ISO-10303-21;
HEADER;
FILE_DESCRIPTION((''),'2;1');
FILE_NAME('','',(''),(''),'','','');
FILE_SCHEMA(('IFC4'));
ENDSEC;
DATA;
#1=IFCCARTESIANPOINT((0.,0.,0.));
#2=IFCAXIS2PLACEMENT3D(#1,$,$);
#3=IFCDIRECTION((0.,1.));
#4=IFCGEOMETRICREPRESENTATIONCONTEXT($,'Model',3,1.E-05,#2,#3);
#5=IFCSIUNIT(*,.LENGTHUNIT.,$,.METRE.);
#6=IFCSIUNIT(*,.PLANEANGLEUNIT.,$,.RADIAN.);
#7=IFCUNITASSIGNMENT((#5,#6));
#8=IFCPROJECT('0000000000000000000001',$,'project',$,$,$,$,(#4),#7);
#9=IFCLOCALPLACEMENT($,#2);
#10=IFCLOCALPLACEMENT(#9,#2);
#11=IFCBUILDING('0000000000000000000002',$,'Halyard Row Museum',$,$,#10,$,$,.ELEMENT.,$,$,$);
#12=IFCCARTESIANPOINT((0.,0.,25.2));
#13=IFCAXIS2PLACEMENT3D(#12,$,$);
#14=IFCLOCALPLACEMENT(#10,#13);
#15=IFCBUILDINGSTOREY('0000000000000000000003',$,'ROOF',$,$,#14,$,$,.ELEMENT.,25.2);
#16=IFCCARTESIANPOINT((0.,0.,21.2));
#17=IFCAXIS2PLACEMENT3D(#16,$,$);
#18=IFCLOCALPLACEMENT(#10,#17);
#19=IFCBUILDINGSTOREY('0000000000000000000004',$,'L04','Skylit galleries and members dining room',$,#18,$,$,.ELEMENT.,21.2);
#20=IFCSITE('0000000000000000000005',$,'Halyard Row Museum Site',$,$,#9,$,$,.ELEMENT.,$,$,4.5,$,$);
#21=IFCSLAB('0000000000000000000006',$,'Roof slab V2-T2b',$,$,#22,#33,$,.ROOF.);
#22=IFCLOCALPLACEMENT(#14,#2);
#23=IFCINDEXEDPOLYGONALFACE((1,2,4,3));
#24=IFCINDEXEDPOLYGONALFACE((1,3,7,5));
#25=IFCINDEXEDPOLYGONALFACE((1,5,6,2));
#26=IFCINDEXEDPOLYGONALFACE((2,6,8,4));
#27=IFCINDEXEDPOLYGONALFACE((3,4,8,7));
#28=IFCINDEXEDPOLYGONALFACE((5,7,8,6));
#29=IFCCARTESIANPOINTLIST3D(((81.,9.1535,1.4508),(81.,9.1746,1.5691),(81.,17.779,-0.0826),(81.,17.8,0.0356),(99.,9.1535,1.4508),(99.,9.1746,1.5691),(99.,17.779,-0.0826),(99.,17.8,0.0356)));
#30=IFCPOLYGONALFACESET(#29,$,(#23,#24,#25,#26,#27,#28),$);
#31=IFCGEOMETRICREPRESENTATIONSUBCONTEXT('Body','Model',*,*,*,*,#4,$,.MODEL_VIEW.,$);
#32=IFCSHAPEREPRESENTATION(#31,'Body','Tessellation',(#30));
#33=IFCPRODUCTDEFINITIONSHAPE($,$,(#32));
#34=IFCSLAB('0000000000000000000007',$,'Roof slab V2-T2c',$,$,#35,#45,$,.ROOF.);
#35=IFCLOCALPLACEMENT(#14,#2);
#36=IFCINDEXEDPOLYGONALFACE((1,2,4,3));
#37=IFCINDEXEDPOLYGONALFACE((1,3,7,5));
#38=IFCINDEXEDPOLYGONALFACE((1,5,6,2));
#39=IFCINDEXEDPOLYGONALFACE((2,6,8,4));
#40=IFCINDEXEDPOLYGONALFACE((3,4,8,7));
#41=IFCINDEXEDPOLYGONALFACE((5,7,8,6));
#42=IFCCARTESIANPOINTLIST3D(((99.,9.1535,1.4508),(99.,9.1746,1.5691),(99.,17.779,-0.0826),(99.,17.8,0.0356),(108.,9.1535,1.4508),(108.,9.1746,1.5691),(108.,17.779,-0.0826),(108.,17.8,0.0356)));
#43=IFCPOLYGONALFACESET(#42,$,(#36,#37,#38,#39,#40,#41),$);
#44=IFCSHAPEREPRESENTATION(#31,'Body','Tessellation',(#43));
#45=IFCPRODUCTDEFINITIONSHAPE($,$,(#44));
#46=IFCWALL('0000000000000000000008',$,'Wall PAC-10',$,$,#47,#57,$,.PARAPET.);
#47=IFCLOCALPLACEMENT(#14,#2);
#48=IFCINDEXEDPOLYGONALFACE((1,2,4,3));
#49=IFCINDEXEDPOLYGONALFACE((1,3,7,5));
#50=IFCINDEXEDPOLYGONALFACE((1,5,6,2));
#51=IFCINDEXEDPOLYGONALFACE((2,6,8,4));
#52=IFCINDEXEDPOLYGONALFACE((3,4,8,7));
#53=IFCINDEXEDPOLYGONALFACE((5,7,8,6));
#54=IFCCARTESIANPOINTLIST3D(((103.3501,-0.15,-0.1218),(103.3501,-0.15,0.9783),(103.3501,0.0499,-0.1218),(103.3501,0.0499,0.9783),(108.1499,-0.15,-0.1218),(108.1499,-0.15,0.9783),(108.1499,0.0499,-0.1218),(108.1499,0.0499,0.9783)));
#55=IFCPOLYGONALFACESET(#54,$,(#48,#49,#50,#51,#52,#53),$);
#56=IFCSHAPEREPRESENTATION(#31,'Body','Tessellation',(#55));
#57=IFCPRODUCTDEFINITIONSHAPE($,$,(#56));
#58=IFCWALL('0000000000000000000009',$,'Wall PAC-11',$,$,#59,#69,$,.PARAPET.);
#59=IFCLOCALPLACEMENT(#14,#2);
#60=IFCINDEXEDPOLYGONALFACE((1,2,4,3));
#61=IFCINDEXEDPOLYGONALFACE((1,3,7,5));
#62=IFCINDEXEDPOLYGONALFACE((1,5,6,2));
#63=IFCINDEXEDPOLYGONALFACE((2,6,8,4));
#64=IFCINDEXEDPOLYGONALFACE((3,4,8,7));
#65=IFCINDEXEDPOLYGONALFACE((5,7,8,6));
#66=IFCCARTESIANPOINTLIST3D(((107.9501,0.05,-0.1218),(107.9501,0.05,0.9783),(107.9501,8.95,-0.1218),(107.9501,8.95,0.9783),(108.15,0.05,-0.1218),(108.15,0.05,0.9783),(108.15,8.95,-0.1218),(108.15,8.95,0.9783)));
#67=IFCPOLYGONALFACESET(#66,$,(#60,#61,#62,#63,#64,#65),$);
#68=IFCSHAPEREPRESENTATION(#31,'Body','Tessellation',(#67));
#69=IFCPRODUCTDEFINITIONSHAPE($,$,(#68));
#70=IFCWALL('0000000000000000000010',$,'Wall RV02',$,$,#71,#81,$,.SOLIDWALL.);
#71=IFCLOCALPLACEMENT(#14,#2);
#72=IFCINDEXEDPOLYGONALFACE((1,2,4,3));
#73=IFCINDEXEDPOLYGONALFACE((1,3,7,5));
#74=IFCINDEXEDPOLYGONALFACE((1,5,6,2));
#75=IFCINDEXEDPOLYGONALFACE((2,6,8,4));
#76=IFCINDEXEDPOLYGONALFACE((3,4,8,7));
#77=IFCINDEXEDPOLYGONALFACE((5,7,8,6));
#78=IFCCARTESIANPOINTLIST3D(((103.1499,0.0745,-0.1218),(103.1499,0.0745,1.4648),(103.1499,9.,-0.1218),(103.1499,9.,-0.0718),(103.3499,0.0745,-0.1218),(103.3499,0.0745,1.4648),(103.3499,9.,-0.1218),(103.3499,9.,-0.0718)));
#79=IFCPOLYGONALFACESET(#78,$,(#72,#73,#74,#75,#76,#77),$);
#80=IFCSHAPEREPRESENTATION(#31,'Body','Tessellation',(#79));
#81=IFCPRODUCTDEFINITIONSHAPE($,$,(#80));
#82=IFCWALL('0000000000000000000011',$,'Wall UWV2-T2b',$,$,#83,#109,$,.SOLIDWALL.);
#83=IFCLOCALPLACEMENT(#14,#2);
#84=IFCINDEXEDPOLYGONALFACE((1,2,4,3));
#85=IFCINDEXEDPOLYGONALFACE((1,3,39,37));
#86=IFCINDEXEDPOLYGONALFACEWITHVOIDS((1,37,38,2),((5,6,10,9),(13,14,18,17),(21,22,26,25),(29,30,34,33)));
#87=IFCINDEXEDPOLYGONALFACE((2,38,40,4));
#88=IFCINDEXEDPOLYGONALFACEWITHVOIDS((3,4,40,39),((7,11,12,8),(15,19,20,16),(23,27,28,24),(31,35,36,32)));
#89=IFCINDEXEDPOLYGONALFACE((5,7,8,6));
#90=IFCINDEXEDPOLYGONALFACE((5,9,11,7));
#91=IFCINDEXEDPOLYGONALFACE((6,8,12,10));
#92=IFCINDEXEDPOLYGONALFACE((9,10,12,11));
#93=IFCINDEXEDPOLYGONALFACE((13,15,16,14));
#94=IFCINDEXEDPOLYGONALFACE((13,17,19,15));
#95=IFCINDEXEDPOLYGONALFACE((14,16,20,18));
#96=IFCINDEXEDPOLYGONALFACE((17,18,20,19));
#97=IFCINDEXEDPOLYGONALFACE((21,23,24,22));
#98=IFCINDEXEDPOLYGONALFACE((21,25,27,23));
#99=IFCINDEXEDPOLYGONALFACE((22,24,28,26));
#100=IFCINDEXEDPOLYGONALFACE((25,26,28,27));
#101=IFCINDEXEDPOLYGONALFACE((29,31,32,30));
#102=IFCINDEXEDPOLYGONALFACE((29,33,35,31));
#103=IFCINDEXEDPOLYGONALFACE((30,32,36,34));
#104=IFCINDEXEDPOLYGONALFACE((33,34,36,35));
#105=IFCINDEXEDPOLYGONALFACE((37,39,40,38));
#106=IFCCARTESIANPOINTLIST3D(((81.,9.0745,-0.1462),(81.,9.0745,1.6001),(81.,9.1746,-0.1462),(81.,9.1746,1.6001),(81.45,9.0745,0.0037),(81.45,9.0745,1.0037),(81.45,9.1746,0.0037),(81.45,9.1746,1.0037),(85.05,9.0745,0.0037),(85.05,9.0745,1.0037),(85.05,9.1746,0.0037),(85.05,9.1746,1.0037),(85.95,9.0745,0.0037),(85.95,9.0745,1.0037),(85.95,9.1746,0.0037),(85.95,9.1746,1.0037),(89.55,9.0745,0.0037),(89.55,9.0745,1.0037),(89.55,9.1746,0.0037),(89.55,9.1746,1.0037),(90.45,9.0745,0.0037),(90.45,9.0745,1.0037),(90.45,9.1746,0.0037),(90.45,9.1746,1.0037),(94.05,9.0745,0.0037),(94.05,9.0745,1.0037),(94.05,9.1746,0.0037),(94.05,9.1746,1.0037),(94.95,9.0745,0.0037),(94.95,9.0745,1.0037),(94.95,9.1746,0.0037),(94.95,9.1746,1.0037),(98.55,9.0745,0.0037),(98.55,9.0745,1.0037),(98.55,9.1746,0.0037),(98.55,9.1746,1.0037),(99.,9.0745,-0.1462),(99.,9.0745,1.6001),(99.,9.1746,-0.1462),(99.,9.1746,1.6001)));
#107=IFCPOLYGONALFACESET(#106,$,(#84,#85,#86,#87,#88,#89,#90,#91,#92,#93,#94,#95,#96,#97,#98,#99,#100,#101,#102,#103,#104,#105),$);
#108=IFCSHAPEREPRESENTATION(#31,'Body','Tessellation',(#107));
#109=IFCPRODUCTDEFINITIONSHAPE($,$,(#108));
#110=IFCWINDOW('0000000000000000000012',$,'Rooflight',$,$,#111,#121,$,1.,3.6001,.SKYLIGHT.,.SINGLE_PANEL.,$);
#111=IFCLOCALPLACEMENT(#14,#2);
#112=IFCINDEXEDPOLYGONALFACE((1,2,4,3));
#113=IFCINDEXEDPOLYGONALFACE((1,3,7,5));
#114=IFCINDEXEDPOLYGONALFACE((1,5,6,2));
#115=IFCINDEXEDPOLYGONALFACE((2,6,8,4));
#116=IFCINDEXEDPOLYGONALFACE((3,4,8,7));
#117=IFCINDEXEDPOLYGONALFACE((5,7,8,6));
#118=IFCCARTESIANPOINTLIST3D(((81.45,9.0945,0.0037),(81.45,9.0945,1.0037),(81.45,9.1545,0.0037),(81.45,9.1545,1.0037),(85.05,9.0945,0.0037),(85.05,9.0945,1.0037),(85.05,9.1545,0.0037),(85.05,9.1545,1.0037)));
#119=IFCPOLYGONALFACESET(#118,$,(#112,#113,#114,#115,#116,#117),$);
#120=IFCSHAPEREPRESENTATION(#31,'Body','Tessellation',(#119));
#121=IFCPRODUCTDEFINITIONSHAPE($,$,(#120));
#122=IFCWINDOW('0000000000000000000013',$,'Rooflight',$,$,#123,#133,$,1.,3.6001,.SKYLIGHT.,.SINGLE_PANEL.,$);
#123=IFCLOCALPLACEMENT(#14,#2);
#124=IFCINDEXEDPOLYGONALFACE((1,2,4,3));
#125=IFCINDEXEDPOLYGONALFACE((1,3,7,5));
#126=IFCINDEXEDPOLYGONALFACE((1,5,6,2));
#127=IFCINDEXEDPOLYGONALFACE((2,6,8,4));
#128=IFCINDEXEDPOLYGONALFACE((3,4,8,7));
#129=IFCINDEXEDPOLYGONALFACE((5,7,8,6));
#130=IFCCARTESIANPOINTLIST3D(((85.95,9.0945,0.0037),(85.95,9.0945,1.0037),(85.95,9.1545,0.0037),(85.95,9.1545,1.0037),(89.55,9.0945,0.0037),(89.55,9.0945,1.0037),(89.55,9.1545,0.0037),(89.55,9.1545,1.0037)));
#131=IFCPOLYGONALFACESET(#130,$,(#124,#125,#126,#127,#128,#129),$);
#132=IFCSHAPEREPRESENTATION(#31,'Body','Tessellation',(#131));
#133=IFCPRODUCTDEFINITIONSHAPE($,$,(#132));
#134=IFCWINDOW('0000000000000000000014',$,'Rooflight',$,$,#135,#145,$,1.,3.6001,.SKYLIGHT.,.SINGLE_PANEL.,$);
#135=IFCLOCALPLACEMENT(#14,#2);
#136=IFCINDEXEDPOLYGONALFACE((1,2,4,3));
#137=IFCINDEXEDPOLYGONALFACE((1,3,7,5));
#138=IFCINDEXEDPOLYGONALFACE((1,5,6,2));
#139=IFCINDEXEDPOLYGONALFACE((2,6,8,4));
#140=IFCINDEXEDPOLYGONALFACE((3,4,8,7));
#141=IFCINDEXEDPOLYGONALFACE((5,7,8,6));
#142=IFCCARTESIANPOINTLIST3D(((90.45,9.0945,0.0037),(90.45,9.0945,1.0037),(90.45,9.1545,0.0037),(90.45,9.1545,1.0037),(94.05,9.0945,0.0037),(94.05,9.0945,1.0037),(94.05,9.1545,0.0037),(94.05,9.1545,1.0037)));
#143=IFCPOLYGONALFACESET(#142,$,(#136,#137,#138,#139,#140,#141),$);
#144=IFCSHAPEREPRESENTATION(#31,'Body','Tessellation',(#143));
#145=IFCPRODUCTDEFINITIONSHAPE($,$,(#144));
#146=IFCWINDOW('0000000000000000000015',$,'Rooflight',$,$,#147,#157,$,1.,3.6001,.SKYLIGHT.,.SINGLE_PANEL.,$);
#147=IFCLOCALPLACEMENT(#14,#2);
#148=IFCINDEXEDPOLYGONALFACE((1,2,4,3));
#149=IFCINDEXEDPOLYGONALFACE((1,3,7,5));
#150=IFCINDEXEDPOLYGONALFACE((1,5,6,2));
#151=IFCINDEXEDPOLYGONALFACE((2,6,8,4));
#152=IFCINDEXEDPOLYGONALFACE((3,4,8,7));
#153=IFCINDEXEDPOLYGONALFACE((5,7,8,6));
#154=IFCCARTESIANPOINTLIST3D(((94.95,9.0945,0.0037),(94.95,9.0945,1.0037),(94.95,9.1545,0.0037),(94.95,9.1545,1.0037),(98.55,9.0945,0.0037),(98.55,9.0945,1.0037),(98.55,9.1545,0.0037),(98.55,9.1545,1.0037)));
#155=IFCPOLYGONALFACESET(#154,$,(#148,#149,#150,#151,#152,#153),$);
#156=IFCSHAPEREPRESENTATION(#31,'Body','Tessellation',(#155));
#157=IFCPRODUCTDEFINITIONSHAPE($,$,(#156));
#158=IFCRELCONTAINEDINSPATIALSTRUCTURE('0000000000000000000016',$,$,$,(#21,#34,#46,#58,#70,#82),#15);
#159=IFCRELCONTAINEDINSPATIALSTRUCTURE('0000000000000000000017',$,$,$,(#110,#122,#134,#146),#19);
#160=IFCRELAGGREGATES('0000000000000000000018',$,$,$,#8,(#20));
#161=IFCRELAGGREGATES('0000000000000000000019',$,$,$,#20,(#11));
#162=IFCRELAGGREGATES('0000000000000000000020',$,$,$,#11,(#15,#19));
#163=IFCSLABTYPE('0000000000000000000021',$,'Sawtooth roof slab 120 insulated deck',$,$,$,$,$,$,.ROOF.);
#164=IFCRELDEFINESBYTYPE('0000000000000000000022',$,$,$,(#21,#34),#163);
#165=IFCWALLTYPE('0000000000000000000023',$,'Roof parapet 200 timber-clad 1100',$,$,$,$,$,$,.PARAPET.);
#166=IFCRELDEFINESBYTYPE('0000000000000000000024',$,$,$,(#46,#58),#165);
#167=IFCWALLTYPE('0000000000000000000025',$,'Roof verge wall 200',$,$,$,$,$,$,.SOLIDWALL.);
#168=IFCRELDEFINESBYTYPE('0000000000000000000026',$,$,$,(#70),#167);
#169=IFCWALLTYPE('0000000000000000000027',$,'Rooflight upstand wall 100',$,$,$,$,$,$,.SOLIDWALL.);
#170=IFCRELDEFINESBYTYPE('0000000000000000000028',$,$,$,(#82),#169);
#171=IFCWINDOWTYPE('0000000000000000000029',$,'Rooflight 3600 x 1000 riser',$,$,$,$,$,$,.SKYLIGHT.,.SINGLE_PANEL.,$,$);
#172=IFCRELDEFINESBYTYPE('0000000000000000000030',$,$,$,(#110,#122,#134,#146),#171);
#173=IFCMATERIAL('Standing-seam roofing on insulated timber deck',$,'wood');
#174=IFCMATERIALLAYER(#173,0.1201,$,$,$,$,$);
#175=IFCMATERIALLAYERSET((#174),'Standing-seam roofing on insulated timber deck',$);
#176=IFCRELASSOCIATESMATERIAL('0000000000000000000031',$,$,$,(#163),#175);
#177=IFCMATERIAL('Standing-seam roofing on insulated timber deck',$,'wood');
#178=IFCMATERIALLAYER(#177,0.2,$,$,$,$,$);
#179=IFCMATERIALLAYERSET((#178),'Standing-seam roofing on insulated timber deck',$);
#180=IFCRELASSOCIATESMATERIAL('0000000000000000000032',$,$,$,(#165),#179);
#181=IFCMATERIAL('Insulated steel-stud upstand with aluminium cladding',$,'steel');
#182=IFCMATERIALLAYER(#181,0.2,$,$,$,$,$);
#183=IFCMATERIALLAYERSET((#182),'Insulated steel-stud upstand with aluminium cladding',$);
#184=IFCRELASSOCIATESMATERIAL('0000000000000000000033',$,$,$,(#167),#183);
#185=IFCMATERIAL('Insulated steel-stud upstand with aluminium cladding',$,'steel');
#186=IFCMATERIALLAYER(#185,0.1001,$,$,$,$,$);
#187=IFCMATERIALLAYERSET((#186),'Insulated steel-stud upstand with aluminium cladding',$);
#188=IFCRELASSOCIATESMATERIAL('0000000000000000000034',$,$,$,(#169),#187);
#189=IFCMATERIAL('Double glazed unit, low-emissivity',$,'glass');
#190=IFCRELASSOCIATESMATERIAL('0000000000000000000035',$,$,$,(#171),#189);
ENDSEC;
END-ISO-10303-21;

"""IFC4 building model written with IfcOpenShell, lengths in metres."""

from ifc_helpers import new_model, si_unit, direction, frame, frame_2d, origin, place, context, subcontext, project, spatial, polyline, rectangle, outline, extrude, material, layer, layer_set, type_object, element, fill, save


model = new_model("IFC4")

# Units and contexts
model_context = context("Model", 3, precision=1e-05, world=origin(), true_north=direction((0.0, 1.0)))
body_context = subcontext(model_context, "Body", "Model", "MODEL_VIEW")
ifc_project = project(units=[si_unit("LENGTHUNIT", "METRE"), si_unit("PLANEANGLEUNIT", "RADIAN")], contexts=[model_context])

# Site, building, storey
site_placement = place(None, origin())
site = spatial("IfcSite", under=ifc_project, at=site_placement, Name="Halyard Row Museum Site", CompositionType="ELEMENT", RefElevation=4.5)
building_placement = place(site_placement, origin())
building = spatial("IfcBuilding", under=site, at=building_placement, Name="Halyard Row Museum", CompositionType="ELEMENT")
storey_1_placement = place(building_placement, frame((0.0, 0.0, 25.2)))
storey_1 = spatial("IfcBuildingStorey", under=building, at=storey_1_placement, Name="ROOF", CompositionType="ELEMENT", Elevation=25.2)

# Slabs
ifc_material_1 = material(Name="Standing-seam roofing on insulated timber deck", Category="wood")
ifc_layer_1 = layer(ifc_material_1, 0.1201)
ifc_layer_set_1 = layer_set([ifc_layer_1], Name="Standing-seam roofing on insulated timber deck")
slab_type = type_object("IfcSlabType", Name="Sawtooth roof slab 120 insulated deck", PredefinedType="ROOF", material=ifc_layer_set_1)
slab_1_placement = place(storey_1_placement, frame((81.0, 9.1746, 1.5691), z_axis=(0.0, 0.175036, 0.984562), x_axis=(1.0, 0.0, 0.0)))
element("IfcSlab", 1, at=slab_1_placement, inside=storey_1, type_object=slab_type, Name="Roof slab V2-T2b", PredefinedType="ROOF", context=body_context, shape_type="SweptSolid", body=[
    extrude(outline(polyline([(0.0, 0.0), (18.0, 0.0), (18.0, 8.7607), (0.0, 8.7607), (0.0, 0.0)])), origin(), (0.0, 0.0, -1.0), 0.1201),
])
slab_2_placement = place(storey_1_placement, frame((99.0, 9.1746, 1.5691), z_axis=(0.0, 0.175036, 0.984562), x_axis=(1.0, 0.0, 0.0)))
element("IfcSlab", 2, at=slab_2_placement, inside=storey_1, type_object=slab_type, Name="Roof slab V2-T2c", PredefinedType="ROOF", context=body_context, shape_type="SweptSolid", body=[
    extrude(outline(polyline([(0.0, 0.0), (9.0, 0.0), (9.0, 8.7607), (0.0, 8.7607), (0.0, 0.0)])), origin(), (0.0, 0.0, -1.0), 0.1201),
])

# Walls
ifc_material_2 = material(Name="Standing-seam roofing on insulated timber deck", Category="wood")
ifc_layer_2 = layer(ifc_material_2, 0.2)
ifc_layer_set_2 = layer_set([ifc_layer_2], Name="Standing-seam roofing on insulated timber deck")
wall_type_1 = type_object("IfcWallType", Name="Roof parapet 200 timber-clad 1100", PredefinedType="PARAPET", material=ifc_layer_set_2)
wall_1_placement = place(storey_1_placement, frame((103.3501, -0.05, -0.1218), z_axis=(0.0, 0.0, 1.0), x_axis=(1.0, 0.0, 0.0)))
element("IfcWall", 3, at=wall_1_placement, inside=storey_1, type_object=wall_type_1, Name="Wall PAC-10", PredefinedType="PARAPET", context=body_context, shape_type="SweptSolid", body=[
    extrude(rectangle(XDim=4.7998, YDim=0.2, at=frame_2d((2.3999, 0.0))), origin(), (0.0, 0.0, 1.0), 1.1001),
])
wall_2_placement = place(storey_1_placement, frame((108.05, 0.05, -0.1218), z_axis=(0.0, 0.0, 1.0), x_axis=(0.0, 1.0, 0.0)))
element("IfcWall", 4, at=wall_2_placement, inside=storey_1, type_object=wall_type_1, Name="Wall PAC-11", PredefinedType="PARAPET", context=body_context, shape_type="SweptSolid", body=[
    extrude(rectangle(XDim=8.8999, YDim=0.2, at=frame_2d((4.45, 0.0))), origin(), (0.0, 0.0, 1.0), 1.1001),
])
ifc_material_3 = material(Name="Insulated steel-stud upstand with aluminium cladding", Category="steel")
ifc_layer_3 = layer(ifc_material_3, 0.2)
ifc_layer_set_3 = layer_set([ifc_layer_3], Name="Insulated steel-stud upstand with aluminium cladding")
wall_type_2 = type_object("IfcWallType", Name="Roof verge wall 200", PredefinedType="SOLIDWALL", material=ifc_layer_set_3)
wall_3_placement = place(storey_1_placement, frame((103.25, 0.0745, -0.1218), z_axis=(0.0, 0.0, 1.0), x_axis=(0.0, 1.0, 0.0)))
element("IfcWall", 5, at=wall_3_placement, inside=storey_1, type_object=wall_type_2, Name="Wall RV02", PredefinedType="SOLIDWALL", context=body_context, shape_type="SweptSolid", body=[
    extrude(outline(polyline([(0.0, 0.0), (8.9255, 0.0), (8.9255, 0.05), (0.0, 1.5867), (0.0, 0.0)])), frame((0.0, 0.1001, 0.0), z_axis=(0.0, -1.0, 0.0), x_axis=(1.0, 0.0, 0.0)), (0.0, 0.0, 1.0), 0.2),
])

# Wall, openings
ifc_material_4 = material(Name="Insulated steel-stud upstand with aluminium cladding", Category="steel")
ifc_layer_4 = layer(ifc_material_4, 0.1001)
ifc_layer_set_4 = layer_set([ifc_layer_4], Name="Insulated steel-stud upstand with aluminium cladding")
wall_type_3 = type_object("IfcWallType", Name="Rooflight upstand wall 100", PredefinedType="SOLIDWALL", material=ifc_layer_set_4)
wall_4_placement = place(storey_1_placement, frame((81.0, 9.1245, -0.1462), z_axis=(0.0, 0.0, 1.0), x_axis=(1.0, 0.0, 0.0)))
wall_4 = element("IfcWall", 6, at=wall_4_placement, inside=storey_1, type_object=wall_type_3, Name="Wall UWV2-T2b", PredefinedType="SOLIDWALL", context=body_context, shape_type="SweptSolid", body=[
    extrude(rectangle(XDim=18.0, YDim=0.1001, at=frame_2d((9.0, 0.0))), origin(), (0.0, 0.0, 1.0), 1.7463),
])
opening_1_placement = place(wall_4_placement, frame((0.45, 0.0, 0.1499)))
opening_1 = element("IfcOpeningElement", 7, at=opening_1_placement, cuts=wall_4, PredefinedType="OPENING", context=body_context, shape_type="SweptSolid", body=[
    extrude(rectangle(XDim=3.6001, YDim=1.0, at=frame_2d((1.8, 0.5))), frame((0.0, 0.0601, 0.0), z_axis=(0.0, -1.0, 0.0), x_axis=(1.0, 0.0, 0.0)), (0.0, 0.0, 1.0), 0.1201),
])
opening_2_placement = place(wall_4_placement, frame((4.95, 0.0, 0.1499)))
opening_2 = element("IfcOpeningElement", 8, at=opening_2_placement, cuts=wall_4, PredefinedType="OPENING", context=body_context, shape_type="SweptSolid", body=[
    extrude(rectangle(XDim=3.6001, YDim=1.0, at=frame_2d((1.8, 0.5))), frame((0.0, 0.0601, 0.0), z_axis=(0.0, -1.0, 0.0), x_axis=(1.0, 0.0, 0.0)), (0.0, 0.0, 1.0), 0.1201),
])
opening_3_placement = place(wall_4_placement, frame((9.45, 0.0, 0.1499)))
opening_3 = element("IfcOpeningElement", 9, at=opening_3_placement, cuts=wall_4, PredefinedType="OPENING", context=body_context, shape_type="SweptSolid", body=[
    extrude(rectangle(XDim=3.6001, YDim=1.0, at=frame_2d((1.8, 0.5))), frame((0.0, 0.0601, 0.0), z_axis=(0.0, -1.0, 0.0), x_axis=(1.0, 0.0, 0.0)), (0.0, 0.0, 1.0), 0.1201),
])
opening_4_placement = place(wall_4_placement, frame((13.95, 0.0, 0.1499)))
opening_4 = element("IfcOpeningElement", 10, at=opening_4_placement, cuts=wall_4, PredefinedType="OPENING", context=body_context, shape_type="SweptSolid", body=[
    extrude(rectangle(XDim=3.6001, YDim=1.0, at=frame_2d((1.8, 0.5))), frame((0.0, 0.0601, 0.0), z_axis=(0.0, -1.0, 0.0), x_axis=(1.0, 0.0, 0.0)), (0.0, 0.0, 1.0), 0.1201),
])

# Shared definitions
storey_2_placement = place(building_placement, frame((0.0, 0.0, 21.2)))
storey_2 = spatial("IfcBuildingStorey", under=building, at=storey_2_placement, Name="L04", Description="Skylit galleries and members dining room", CompositionType="ELEMENT", Elevation=21.2)

# Windows
ifc_material_5 = material(Name="Double glazed unit, low-emissivity", Category="glass")
window_type = type_object("IfcWindowType", Name="Rooflight 3600 x 1000 riser", PartitioningType="SINGLE_PANEL", PredefinedType="SKYLIGHT", material=ifc_material_5)
window_1_placement = place(opening_1_placement, origin())
window_1 = element("IfcWindow", 11, at=window_1_placement, inside=storey_2, type_object=window_type, Name="Rooflight", OverallHeight=1.0, OverallWidth=3.6001, PartitioningType="SINGLE_PANEL", PredefinedType="SKYLIGHT", context=body_context, shape_type="SweptSolid", body=[
    extrude(rectangle(XDim=3.6001, YDim=1.0, at=frame_2d((1.8, 0.5))), frame((0.0, 0.03, 0.0), z_axis=(0.0, -1.0, 0.0), x_axis=(1.0, 0.0, 0.0)), (0.0, 0.0, 1.0), 0.0601),
])
fill(opening_1, window_1)
window_2_placement = place(opening_2_placement, origin())
window_2 = element("IfcWindow", 12, at=window_2_placement, inside=storey_2, type_object=window_type, Name="Rooflight", OverallHeight=1.0, OverallWidth=3.6001, PartitioningType="SINGLE_PANEL", PredefinedType="SKYLIGHT", context=body_context, shape_type="SweptSolid", body=[
    extrude(rectangle(XDim=3.6001, YDim=1.0, at=frame_2d((1.8, 0.5))), frame((0.0, 0.03, 0.0), z_axis=(0.0, -1.0, 0.0), x_axis=(1.0, 0.0, 0.0)), (0.0, 0.0, 1.0), 0.0601),
])
fill(opening_2, window_2)
window_3_placement = place(opening_3_placement, origin())
window_3 = element("IfcWindow", 13, at=window_3_placement, inside=storey_2, type_object=window_type, Name="Rooflight", OverallHeight=1.0, OverallWidth=3.6001, PartitioningType="SINGLE_PANEL", PredefinedType="SKYLIGHT", context=body_context, shape_type="SweptSolid", body=[
    extrude(rectangle(XDim=3.6001, YDim=1.0, at=frame_2d((1.8, 0.5))), frame((0.0, 0.03, 0.0), z_axis=(0.0, -1.0, 0.0), x_axis=(1.0, 0.0, 0.0)), (0.0, 0.0, 1.0), 0.0601),
])
fill(opening_3, window_3)
window_4_placement = place(opening_4_placement, origin())
window_4 = element("IfcWindow", 14, at=window_4_placement, inside=storey_2, type_object=window_type, Name="Rooflight", OverallHeight=1.0, OverallWidth=3.6001, PartitioningType="SINGLE_PANEL", PredefinedType="SKYLIGHT", context=body_context, shape_type="SweptSolid", body=[
    extrude(rectangle(XDim=3.6001, YDim=1.0, at=frame_2d((1.8, 0.5))), frame((0.0, 0.03, 0.0), z_axis=(0.0, -1.0, 0.0), x_axis=(1.0, 0.0, 0.0)), (0.0, 0.0, 1.0), 0.0601),
])
fill(opening_4, window_4)

save(model, "model.ifc")
